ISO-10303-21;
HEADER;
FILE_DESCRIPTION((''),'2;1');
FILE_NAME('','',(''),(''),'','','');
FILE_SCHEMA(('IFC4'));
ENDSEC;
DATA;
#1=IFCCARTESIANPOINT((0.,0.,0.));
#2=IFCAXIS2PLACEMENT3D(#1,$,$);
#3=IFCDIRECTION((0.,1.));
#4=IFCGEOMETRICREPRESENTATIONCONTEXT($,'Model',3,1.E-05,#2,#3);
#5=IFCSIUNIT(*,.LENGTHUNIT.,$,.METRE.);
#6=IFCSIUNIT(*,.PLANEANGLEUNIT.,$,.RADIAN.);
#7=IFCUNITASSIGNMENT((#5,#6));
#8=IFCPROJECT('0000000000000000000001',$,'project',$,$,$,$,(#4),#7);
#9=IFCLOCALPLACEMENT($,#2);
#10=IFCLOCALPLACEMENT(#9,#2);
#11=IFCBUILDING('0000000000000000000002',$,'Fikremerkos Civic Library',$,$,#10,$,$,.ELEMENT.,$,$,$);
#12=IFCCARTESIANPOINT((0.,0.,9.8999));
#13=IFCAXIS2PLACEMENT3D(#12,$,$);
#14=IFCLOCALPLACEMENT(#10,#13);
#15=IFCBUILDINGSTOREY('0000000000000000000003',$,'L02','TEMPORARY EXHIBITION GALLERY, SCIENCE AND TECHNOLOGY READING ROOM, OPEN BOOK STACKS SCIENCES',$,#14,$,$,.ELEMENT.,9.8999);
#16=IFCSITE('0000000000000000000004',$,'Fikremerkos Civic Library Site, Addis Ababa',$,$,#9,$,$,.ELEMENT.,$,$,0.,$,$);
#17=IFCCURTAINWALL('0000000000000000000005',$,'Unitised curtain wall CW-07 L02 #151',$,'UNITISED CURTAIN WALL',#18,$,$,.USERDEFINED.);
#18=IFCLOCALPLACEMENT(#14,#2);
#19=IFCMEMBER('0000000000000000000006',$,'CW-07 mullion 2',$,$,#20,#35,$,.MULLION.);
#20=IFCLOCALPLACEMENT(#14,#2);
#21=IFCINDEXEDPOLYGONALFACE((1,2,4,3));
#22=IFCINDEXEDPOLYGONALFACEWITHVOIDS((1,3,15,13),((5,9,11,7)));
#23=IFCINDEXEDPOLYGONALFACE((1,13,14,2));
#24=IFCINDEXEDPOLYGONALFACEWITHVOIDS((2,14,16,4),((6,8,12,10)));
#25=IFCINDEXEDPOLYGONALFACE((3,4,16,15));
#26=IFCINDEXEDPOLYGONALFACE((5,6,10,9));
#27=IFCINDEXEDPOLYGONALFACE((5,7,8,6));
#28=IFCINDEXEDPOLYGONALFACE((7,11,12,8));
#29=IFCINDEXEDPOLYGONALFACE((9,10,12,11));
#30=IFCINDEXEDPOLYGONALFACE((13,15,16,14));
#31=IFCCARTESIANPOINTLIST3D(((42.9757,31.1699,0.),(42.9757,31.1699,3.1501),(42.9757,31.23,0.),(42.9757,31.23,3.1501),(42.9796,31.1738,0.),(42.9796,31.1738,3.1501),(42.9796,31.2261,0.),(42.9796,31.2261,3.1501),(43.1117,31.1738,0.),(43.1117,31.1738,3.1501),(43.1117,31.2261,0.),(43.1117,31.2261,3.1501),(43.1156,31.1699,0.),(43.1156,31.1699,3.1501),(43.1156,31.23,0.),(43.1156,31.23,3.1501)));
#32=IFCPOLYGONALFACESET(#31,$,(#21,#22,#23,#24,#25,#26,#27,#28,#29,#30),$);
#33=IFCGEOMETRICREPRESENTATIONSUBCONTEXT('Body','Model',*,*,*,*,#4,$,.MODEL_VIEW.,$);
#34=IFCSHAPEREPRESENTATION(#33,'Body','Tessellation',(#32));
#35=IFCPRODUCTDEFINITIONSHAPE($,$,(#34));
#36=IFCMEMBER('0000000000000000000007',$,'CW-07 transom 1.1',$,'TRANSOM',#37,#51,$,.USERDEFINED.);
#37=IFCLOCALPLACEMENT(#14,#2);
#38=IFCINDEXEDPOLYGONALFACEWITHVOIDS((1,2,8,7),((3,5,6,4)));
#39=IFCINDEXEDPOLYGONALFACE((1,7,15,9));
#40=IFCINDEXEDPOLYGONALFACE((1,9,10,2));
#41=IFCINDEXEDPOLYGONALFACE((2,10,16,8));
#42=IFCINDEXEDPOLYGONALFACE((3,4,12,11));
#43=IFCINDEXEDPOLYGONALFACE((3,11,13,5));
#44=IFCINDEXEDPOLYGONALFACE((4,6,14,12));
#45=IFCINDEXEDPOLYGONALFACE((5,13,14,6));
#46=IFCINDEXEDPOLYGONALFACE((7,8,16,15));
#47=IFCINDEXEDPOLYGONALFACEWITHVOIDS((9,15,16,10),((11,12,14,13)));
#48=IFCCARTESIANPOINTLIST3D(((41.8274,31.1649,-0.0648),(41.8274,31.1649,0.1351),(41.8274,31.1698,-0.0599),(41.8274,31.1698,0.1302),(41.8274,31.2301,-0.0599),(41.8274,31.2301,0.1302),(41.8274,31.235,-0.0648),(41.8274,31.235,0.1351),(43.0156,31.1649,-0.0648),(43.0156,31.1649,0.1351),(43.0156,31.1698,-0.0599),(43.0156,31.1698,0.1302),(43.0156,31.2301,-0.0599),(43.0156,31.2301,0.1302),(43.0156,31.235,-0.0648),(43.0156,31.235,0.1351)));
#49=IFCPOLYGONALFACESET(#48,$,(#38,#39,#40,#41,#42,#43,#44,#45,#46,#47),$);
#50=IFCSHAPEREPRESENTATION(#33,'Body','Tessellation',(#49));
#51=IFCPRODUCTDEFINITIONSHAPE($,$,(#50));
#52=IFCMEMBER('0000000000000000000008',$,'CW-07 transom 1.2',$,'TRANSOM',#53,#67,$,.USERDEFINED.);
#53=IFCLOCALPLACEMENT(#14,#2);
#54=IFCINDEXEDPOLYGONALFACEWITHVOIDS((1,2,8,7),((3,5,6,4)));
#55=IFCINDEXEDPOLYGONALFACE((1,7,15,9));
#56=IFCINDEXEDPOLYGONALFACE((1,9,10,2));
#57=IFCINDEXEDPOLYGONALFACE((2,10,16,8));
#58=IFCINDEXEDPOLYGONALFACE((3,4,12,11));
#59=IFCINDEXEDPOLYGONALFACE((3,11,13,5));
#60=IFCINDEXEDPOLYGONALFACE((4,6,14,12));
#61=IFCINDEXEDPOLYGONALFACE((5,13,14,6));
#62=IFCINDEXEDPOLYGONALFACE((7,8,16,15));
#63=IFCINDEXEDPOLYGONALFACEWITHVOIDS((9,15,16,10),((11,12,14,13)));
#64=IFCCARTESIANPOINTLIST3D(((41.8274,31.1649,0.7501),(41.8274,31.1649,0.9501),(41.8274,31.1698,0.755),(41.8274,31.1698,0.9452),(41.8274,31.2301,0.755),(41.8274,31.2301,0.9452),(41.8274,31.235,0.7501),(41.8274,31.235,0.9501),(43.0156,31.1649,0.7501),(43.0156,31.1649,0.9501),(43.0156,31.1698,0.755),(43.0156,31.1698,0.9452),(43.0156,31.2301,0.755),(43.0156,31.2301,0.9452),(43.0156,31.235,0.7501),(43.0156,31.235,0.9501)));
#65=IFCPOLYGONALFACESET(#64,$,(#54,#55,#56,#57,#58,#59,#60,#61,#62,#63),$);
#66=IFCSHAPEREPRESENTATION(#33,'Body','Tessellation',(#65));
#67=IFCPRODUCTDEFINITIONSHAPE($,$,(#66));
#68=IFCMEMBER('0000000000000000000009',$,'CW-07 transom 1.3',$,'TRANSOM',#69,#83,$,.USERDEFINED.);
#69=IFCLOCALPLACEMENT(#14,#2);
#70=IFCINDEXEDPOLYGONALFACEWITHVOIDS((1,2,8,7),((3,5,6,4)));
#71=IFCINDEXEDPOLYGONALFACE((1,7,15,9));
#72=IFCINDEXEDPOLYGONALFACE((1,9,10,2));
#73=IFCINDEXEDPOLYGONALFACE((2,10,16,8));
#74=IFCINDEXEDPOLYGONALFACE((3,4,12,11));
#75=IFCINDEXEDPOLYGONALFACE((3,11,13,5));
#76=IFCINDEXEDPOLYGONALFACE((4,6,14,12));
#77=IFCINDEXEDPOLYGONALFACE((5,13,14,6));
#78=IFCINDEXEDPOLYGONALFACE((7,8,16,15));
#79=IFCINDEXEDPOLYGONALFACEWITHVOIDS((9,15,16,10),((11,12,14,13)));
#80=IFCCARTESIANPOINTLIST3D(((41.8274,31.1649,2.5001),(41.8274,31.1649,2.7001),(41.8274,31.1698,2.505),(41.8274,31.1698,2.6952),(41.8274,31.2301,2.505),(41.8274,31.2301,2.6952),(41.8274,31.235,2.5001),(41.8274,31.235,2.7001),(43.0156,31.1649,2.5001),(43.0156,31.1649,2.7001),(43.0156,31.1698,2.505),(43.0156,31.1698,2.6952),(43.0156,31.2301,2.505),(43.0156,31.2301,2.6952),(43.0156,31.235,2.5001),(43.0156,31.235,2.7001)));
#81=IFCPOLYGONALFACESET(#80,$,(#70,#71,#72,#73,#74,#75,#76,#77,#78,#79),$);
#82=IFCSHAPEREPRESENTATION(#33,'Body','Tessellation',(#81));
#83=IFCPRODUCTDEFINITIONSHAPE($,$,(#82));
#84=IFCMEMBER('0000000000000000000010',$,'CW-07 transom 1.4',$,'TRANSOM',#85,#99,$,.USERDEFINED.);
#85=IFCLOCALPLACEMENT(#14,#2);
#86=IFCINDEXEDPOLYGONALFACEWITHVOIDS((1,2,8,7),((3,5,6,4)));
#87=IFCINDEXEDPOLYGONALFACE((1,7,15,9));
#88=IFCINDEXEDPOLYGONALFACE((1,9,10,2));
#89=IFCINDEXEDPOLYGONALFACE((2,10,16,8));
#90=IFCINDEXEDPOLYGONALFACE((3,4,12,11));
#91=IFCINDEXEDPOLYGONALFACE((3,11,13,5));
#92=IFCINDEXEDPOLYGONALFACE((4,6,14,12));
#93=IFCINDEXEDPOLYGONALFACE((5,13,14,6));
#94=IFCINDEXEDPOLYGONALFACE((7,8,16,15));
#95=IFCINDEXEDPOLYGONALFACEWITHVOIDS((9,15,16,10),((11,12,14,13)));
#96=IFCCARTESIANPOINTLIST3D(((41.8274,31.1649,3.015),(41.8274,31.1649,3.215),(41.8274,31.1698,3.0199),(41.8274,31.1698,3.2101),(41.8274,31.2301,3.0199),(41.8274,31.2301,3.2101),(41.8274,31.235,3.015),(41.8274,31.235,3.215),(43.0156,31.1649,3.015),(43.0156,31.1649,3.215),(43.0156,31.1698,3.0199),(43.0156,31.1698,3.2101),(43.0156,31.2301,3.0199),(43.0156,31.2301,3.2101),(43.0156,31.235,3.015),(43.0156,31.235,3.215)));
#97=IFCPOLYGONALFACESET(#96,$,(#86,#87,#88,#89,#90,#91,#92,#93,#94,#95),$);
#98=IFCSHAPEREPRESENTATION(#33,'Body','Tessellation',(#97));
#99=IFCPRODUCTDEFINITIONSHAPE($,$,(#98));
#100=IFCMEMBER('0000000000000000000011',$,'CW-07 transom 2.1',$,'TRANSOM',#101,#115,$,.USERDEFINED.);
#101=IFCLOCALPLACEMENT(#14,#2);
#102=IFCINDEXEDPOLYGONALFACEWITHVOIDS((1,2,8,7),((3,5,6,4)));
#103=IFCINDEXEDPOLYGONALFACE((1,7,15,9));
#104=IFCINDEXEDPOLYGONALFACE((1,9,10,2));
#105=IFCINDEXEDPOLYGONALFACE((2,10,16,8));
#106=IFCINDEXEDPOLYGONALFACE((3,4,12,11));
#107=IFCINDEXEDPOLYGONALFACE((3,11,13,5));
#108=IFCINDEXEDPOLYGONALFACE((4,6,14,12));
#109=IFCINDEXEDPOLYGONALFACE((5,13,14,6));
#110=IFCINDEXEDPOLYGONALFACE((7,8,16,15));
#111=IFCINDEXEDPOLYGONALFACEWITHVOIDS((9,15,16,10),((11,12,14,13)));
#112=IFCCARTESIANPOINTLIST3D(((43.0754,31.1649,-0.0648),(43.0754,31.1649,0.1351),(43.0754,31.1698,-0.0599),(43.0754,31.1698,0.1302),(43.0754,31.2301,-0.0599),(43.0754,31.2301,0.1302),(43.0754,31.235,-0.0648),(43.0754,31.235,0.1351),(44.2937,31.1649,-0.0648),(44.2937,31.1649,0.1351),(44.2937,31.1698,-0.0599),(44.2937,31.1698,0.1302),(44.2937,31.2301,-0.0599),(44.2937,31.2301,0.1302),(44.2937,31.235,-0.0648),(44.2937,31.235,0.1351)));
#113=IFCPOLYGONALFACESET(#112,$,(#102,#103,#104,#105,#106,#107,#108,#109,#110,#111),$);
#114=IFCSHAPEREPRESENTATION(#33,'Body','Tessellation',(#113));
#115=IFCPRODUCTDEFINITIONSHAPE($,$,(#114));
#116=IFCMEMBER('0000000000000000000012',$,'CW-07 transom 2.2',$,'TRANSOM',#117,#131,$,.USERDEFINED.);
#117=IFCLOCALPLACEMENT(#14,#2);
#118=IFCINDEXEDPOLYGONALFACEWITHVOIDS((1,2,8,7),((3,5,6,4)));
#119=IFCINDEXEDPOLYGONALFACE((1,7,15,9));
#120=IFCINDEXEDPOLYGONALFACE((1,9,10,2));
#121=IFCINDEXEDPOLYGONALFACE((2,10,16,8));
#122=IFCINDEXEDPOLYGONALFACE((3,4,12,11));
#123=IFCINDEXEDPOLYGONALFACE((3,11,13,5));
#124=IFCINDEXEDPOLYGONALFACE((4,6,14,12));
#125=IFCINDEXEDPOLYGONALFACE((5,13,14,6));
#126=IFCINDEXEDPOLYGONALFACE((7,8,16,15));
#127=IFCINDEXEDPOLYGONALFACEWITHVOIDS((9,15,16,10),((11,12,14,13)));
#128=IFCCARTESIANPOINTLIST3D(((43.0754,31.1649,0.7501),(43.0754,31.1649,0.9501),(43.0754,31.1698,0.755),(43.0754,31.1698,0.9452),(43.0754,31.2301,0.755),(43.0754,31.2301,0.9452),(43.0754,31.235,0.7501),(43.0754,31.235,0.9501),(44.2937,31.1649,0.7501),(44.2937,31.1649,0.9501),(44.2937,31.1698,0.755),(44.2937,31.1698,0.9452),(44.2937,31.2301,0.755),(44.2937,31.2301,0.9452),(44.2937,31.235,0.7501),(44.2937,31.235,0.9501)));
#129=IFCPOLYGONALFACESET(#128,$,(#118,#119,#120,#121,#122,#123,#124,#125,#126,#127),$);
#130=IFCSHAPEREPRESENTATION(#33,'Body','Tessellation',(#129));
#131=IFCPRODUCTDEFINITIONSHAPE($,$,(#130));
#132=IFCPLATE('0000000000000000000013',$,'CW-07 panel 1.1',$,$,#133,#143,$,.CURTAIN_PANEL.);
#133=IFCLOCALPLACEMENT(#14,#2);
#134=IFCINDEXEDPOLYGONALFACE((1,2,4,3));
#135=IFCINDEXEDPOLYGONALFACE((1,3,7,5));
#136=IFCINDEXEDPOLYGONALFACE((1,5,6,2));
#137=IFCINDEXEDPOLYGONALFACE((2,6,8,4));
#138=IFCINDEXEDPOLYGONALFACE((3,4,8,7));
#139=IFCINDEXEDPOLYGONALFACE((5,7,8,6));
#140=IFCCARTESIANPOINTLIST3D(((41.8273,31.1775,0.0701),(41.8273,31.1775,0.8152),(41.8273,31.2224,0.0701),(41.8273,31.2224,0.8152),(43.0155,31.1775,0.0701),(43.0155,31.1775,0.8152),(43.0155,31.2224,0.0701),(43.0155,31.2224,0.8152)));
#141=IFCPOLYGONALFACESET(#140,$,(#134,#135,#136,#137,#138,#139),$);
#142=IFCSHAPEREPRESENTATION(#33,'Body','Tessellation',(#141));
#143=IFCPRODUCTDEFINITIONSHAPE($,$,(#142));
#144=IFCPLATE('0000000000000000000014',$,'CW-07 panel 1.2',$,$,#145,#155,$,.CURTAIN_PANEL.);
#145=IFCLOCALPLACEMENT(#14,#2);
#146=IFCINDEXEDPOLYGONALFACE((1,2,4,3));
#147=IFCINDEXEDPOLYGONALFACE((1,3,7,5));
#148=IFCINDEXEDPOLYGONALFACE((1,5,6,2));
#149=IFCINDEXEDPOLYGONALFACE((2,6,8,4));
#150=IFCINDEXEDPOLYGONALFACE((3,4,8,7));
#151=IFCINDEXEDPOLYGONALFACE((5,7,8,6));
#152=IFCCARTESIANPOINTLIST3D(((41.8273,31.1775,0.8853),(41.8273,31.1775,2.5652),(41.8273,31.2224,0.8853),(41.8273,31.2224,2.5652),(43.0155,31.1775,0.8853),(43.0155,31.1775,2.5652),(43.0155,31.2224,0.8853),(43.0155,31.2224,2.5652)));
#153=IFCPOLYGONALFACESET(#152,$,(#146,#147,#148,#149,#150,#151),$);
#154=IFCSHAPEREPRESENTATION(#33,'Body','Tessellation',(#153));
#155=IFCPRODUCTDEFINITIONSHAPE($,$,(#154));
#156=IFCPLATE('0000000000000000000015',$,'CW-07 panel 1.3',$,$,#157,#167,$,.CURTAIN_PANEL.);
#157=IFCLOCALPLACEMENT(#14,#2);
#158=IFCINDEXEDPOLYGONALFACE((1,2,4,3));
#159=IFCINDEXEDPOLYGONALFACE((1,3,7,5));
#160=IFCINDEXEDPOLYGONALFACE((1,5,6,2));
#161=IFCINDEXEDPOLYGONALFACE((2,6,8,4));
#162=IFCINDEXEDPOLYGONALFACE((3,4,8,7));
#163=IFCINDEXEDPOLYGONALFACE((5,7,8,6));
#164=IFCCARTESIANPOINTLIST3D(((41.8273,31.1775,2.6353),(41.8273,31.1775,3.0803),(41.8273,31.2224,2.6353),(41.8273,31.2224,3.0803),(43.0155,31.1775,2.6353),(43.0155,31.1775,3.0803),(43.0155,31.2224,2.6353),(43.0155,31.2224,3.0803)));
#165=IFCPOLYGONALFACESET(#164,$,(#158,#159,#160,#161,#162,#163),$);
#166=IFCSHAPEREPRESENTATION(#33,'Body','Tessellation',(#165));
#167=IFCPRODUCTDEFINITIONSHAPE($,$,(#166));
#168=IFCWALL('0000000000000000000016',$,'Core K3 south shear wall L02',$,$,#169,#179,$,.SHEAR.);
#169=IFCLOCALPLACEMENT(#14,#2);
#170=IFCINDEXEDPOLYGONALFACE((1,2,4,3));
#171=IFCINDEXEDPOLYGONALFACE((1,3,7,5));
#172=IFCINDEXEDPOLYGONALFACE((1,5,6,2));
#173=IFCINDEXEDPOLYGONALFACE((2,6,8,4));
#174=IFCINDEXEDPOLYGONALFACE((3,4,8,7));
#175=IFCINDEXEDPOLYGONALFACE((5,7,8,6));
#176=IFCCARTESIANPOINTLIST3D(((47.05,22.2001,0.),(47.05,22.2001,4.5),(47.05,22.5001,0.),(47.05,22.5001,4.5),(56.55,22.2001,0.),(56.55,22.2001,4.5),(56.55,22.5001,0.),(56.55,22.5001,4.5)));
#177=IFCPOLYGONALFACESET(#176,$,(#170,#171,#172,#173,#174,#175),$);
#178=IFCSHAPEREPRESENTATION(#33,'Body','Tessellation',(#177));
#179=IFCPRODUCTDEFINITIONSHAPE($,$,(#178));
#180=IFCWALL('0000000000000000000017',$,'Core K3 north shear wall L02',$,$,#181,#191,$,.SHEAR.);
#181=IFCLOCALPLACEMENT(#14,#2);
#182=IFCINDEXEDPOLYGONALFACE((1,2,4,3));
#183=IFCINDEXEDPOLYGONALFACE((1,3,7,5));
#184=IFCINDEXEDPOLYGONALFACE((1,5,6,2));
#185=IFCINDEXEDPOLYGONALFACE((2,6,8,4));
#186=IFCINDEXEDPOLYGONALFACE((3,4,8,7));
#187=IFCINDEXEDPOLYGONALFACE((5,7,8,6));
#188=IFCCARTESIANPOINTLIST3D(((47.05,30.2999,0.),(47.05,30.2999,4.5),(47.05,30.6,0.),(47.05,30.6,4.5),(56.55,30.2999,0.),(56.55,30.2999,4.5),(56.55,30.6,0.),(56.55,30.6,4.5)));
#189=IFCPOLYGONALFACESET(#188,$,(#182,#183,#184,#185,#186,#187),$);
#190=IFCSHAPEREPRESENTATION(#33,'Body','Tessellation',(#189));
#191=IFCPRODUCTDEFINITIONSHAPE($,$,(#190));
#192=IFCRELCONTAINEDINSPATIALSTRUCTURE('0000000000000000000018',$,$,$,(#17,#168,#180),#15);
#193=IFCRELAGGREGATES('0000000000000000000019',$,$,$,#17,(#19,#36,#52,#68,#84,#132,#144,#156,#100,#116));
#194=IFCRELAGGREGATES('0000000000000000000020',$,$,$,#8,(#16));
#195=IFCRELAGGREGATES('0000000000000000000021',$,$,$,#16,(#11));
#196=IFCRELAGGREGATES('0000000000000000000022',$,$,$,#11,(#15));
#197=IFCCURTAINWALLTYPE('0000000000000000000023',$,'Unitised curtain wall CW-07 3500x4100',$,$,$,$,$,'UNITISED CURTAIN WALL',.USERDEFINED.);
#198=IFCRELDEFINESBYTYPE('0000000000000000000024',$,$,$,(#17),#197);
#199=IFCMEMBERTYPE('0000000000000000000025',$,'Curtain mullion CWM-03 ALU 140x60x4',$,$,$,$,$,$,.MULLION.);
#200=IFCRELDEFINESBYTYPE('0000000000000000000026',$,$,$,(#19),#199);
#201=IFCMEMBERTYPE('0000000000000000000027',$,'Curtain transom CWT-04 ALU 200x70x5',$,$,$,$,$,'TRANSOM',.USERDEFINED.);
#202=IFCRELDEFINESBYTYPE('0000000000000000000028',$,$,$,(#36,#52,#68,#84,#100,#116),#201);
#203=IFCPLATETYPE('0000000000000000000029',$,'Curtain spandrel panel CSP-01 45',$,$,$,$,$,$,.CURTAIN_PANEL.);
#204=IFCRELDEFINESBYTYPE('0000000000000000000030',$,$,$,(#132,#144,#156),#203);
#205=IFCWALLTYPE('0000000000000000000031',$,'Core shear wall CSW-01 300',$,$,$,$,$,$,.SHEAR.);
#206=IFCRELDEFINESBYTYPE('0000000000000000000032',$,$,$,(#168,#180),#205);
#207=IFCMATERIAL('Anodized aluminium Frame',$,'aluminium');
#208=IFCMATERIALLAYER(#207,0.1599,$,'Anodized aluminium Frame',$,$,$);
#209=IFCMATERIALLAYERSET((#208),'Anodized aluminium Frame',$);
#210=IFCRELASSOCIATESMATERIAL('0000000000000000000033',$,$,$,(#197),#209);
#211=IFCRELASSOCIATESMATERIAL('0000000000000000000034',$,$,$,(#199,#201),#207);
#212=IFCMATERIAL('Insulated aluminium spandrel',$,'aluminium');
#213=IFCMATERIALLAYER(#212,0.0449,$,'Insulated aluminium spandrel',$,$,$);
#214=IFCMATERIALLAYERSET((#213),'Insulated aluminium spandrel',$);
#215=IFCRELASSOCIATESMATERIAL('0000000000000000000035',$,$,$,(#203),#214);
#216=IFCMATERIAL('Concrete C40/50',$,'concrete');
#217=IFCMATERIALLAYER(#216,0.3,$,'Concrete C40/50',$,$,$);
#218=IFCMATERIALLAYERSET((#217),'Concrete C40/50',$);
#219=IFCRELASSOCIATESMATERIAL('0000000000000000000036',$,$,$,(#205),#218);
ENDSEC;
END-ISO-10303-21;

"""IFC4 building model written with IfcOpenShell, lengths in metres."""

from ifc_helpers import new_model, si_unit, direction, frame, frame_2d, origin, origin_2d, place, context, subcontext, project, spatial, rectangle, hollow_rectangle, extrude, material, layer, layer_set, material_profile, profile_set, type_object, element, aggregate, save


model = new_model("IFC4")

# Units and contexts
model_context = context("Model", 3, precision=1e-05, world=origin(), true_north=direction((0.0, 1.0)))
body_context = subcontext(model_context, "Body", "Model", "MODEL_VIEW")
ifc_project = project(units=[si_unit("LENGTHUNIT", "METRE"), si_unit("PLANEANGLEUNIT", "RADIAN")], contexts=[model_context])

# Site, building, storey
site_placement = place(None, origin())
site = spatial("IfcSite", under=ifc_project, at=site_placement, Name="Fikremerkos Civic Library Site, Addis Ababa", CompositionType="ELEMENT", RefElevation=0.0)
building_placement = place(site_placement, origin())
building = spatial("IfcBuilding", under=site, at=building_placement, Name="Fikremerkos Civic Library", CompositionType="ELEMENT")
storey_placement = place(building_placement, frame((0.0, 0.0, 9.8999)))
storey = spatial("IfcBuildingStorey", under=building, at=storey_placement, Name="L02", Description="TEMPORARY EXHIBITION GALLERY, SCIENCE AND TECHNOLOGY READING ROOM, OPEN BOOK STACKS SCIENCES", CompositionType="ELEMENT", Elevation=9.8999)

# Curtain wall, members, plates
ifc_material_1 = material(Name="Anodized aluminium Frame", Category="aluminium")
ifc_layer_1 = layer(ifc_material_1, 0.1599, Name="Anodized aluminium Frame")
ifc_layer_set_1 = layer_set([ifc_layer_1], Name="Anodized aluminium Frame")
curtain_wall_type = type_object("IfcCurtainWallType", Name="Unitised curtain wall CW-07 3500x4100", ElementType="UNITISED CURTAIN WALL", PredefinedType="USERDEFINED", material=ifc_layer_set_1)
curtain_wall_placement = place(storey_placement, origin())
curtain_wall = element("IfcCurtainWall", 1, at=curtain_wall_placement, inside=storey, type_object=curtain_wall_type, Name="Unitised curtain wall CW-07 L02 #151", ObjectType="UNITISED CURTAIN WALL", PredefinedType="USERDEFINED")
ifc_material_profile_1 = material_profile(ifc_material_1, hollow_rectangle(XDim=0.0601, YDim=0.1399, WallThickness=0.0039, at=origin_2d()), Name="ALU 140x60x4")
ifc_profile_set_1 = profile_set([ifc_material_profile_1], Name="Anodized aluminium Frame")
member_type_1 = type_object("IfcMemberType", Name="Curtain mullion CWM-03 ALU 140x60x4", PredefinedType="MULLION", material=ifc_profile_set_1)
member_1_placement = place(storey_placement, frame((43.0457, 31.2, 0.0), z_axis=(0.0, 0.0, 1.0), x_axis=(0.0, 1.0, 0.0)))
member_1 = element("IfcMember", 2, at=member_1_placement, type_object=member_type_1, Name="CW-07 mullion 2", PredefinedType="MULLION", context=body_context, shape_type="SweptSolid", body=[
    extrude(hollow_rectangle(XDim=0.0601, YDim=0.1399, WallThickness=0.0039, at=origin_2d()), origin(), (0.0, 0.0, 1.0), 3.1501),
])
ifc_material_profile_2 = material_profile(ifc_material_1, hollow_rectangle(XDim=0.0701, YDim=0.2, WallThickness=0.0049, at=origin_2d()), Name="ALU 200x70x5")
ifc_profile_set_2 = profile_set([ifc_material_profile_2], Name="Anodized aluminium Frame")
member_type_2 = type_object("IfcMemberType", Name="Curtain transom CWT-04 ALU 200x70x5", ElementType="TRANSOM", PredefinedType="USERDEFINED", material=ifc_profile_set_2)
member_2_placement = place(storey_placement, frame((41.8274, 31.2, 0.0352), z_axis=(1.0, 0.0, 0.0), x_axis=(0.0, 1.0, 0.0)))
member_2 = element("IfcMember", 3, at=member_2_placement, type_object=member_type_2, Name="CW-07 transom 1.1", ObjectType="TRANSOM", PredefinedType="USERDEFINED", context=body_context, shape_type="SweptSolid", body=[
    extrude(hollow_rectangle(XDim=0.0701, YDim=0.2, WallThickness=0.0049, at=origin_2d()), origin(), (0.0, 0.0, 1.0), 1.1882),
])
member_3_placement = place(storey_placement, frame((41.8274, 31.2, 0.8501), z_axis=(1.0, 0.0, 0.0), x_axis=(0.0, 1.0, 0.0)))
member_3 = element("IfcMember", 4, at=member_3_placement, type_object=member_type_2, Name="CW-07 transom 1.2", ObjectType="TRANSOM", PredefinedType="USERDEFINED", context=body_context, shape_type="SweptSolid", body=[
    extrude(hollow_rectangle(XDim=0.0701, YDim=0.2, WallThickness=0.0049, at=origin_2d()), origin(), (0.0, 0.0, 1.0), 1.1882),
])
member_4_placement = place(storey_placement, frame((41.8274, 31.2, 2.6001), z_axis=(1.0, 0.0, 0.0), x_axis=(0.0, 1.0, 0.0)))
member_4 = element("IfcMember", 5, at=member_4_placement, type_object=member_type_2, Name="CW-07 transom 1.3", ObjectType="TRANSOM", PredefinedType="USERDEFINED", context=body_context, shape_type="SweptSolid", body=[
    extrude(hollow_rectangle(XDim=0.0701, YDim=0.2, WallThickness=0.0049, at=origin_2d()), origin(), (0.0, 0.0, 1.0), 1.1882),
])
member_5_placement = place(storey_placement, frame((41.8274, 31.2, 3.115), z_axis=(1.0, 0.0, 0.0), x_axis=(0.0, 1.0, 0.0)))
member_5 = element("IfcMember", 6, at=member_5_placement, type_object=member_type_2, Name="CW-07 transom 1.4", ObjectType="TRANSOM", PredefinedType="USERDEFINED", context=body_context, shape_type="SweptSolid", body=[
    extrude(hollow_rectangle(XDim=0.0701, YDim=0.2, WallThickness=0.0049, at=origin_2d()), origin(), (0.0, 0.0, 1.0), 1.1882),
])
member_6_placement = place(storey_placement, frame((43.0754, 31.2, 0.0352), z_axis=(1.0, 0.0, 0.0), x_axis=(0.0, 1.0, 0.0)))
member_6 = element("IfcMember", 7, at=member_6_placement, type_object=member_type_2, Name="CW-07 transom 2.1", ObjectType="TRANSOM", PredefinedType="USERDEFINED", context=body_context, shape_type="SweptSolid", body=[
    extrude(hollow_rectangle(XDim=0.0701, YDim=0.2, WallThickness=0.0049, at=origin_2d()), origin(), (0.0, 0.0, 1.0), 1.2183),
])
member_7_placement = place(storey_placement, frame((43.0754, 31.2, 0.8501), z_axis=(1.0, 0.0, 0.0), x_axis=(0.0, 1.0, 0.0)))
member_7 = element("IfcMember", 8, at=member_7_placement, type_object=member_type_2, Name="CW-07 transom 2.2", ObjectType="TRANSOM", PredefinedType="USERDEFINED", context=body_context, shape_type="SweptSolid", body=[
    extrude(hollow_rectangle(XDim=0.0701, YDim=0.2, WallThickness=0.0049, at=origin_2d()), origin(), (0.0, 0.0, 1.0), 1.2183),
])
ifc_material_2 = material(Name="Insulated aluminium spandrel", Category="aluminium")
ifc_layer_2 = layer(ifc_material_2, 0.0449, Name="Insulated aluminium spandrel")
ifc_layer_set_2 = layer_set([ifc_layer_2], Name="Insulated aluminium spandrel")
plate_type = type_object("IfcPlateType", Name="Curtain spandrel panel CSP-01 45", PredefinedType="CURTAIN_PANEL", material=ifc_layer_set_2)
plate_1_placement = place(storey_placement, frame((42.4214, 31.2, 0.0701), z_axis=(0.0, 0.0, 1.0), x_axis=(1.0, 0.0, 0.0)))
plate_1 = element("IfcPlate", 9, at=plate_1_placement, type_object=plate_type, Name="CW-07 panel 1.1", PredefinedType="CURTAIN_PANEL", context=body_context, shape_type="SweptSolid", body=[
    extrude(rectangle(XDim=1.1882, YDim=0.0449, at=origin_2d()), origin(), (0.0, 0.0, 1.0), 0.7451),
])
plate_2_placement = place(storey_placement, frame((42.4214, 31.2, 0.8853), z_axis=(0.0, 0.0, 1.0), x_axis=(1.0, 0.0, 0.0)))
plate_2 = element("IfcPlate", 10, at=plate_2_placement, type_object=plate_type, Name="CW-07 panel 1.2", PredefinedType="CURTAIN_PANEL", context=body_context, shape_type="SweptSolid", body=[
    extrude(rectangle(XDim=1.1882, YDim=0.0449, at=origin_2d()), origin(), (0.0, 0.0, 1.0), 1.6799),
])
plate_3_placement = place(storey_placement, frame((42.4214, 31.2, 2.6353), z_axis=(0.0, 0.0, 1.0), x_axis=(1.0, 0.0, 0.0)))
plate_3 = element("IfcPlate", 11, at=plate_3_placement, type_object=plate_type, Name="CW-07 panel 1.3", PredefinedType="CURTAIN_PANEL", context=body_context, shape_type="SweptSolid", body=[
    extrude(rectangle(XDim=1.1882, YDim=0.0449, at=origin_2d()), origin(), (0.0, 0.0, 1.0), 0.4451),
])
aggregate(curtain_wall, [member_1, member_2, member_3, member_4, member_5, plate_1, plate_2, plate_3, member_6, member_7])

# Walls
ifc_material_3 = material(Name="Concrete C40/50", Category="concrete")
ifc_layer_3 = layer(ifc_material_3, 0.3, Name="Concrete C40/50")
ifc_layer_set_3 = layer_set([ifc_layer_3], Name="Concrete C40/50")
wall_type_1 = type_object("IfcWallType", Name="Core shear wall CSW-01 300", PredefinedType="SHEAR", material=ifc_layer_set_3)
for number, where, z_axis, x_axis, name in (
    (12, (56.55, 22.3501, 0.0), (0.0, 0.0, 1.0), (-1.0, 0.0, 0.0), "Core K3 south shear wall L02"),
    (13, (47.05, 30.45, 0.0), (0.0, 0.0, 1.0), (1.0, 0.0, 0.0), "Core K3 north shear wall L02"),
):
    element("IfcWall", number, at=place(storey_placement, frame(where, z_axis=z_axis, x_axis=x_axis)), inside=storey, type_object=wall_type_1, Name=name, PredefinedType="SHEAR", context=body_context, shape_type="SweptSolid", body=[
        extrude(rectangle(XDim=9.5, YDim=0.3, at=frame_2d((4.75, 0.0))), origin(), (0.0, 0.0, 1.0), 4.5),
    ])

save(model, "model.ifc")
